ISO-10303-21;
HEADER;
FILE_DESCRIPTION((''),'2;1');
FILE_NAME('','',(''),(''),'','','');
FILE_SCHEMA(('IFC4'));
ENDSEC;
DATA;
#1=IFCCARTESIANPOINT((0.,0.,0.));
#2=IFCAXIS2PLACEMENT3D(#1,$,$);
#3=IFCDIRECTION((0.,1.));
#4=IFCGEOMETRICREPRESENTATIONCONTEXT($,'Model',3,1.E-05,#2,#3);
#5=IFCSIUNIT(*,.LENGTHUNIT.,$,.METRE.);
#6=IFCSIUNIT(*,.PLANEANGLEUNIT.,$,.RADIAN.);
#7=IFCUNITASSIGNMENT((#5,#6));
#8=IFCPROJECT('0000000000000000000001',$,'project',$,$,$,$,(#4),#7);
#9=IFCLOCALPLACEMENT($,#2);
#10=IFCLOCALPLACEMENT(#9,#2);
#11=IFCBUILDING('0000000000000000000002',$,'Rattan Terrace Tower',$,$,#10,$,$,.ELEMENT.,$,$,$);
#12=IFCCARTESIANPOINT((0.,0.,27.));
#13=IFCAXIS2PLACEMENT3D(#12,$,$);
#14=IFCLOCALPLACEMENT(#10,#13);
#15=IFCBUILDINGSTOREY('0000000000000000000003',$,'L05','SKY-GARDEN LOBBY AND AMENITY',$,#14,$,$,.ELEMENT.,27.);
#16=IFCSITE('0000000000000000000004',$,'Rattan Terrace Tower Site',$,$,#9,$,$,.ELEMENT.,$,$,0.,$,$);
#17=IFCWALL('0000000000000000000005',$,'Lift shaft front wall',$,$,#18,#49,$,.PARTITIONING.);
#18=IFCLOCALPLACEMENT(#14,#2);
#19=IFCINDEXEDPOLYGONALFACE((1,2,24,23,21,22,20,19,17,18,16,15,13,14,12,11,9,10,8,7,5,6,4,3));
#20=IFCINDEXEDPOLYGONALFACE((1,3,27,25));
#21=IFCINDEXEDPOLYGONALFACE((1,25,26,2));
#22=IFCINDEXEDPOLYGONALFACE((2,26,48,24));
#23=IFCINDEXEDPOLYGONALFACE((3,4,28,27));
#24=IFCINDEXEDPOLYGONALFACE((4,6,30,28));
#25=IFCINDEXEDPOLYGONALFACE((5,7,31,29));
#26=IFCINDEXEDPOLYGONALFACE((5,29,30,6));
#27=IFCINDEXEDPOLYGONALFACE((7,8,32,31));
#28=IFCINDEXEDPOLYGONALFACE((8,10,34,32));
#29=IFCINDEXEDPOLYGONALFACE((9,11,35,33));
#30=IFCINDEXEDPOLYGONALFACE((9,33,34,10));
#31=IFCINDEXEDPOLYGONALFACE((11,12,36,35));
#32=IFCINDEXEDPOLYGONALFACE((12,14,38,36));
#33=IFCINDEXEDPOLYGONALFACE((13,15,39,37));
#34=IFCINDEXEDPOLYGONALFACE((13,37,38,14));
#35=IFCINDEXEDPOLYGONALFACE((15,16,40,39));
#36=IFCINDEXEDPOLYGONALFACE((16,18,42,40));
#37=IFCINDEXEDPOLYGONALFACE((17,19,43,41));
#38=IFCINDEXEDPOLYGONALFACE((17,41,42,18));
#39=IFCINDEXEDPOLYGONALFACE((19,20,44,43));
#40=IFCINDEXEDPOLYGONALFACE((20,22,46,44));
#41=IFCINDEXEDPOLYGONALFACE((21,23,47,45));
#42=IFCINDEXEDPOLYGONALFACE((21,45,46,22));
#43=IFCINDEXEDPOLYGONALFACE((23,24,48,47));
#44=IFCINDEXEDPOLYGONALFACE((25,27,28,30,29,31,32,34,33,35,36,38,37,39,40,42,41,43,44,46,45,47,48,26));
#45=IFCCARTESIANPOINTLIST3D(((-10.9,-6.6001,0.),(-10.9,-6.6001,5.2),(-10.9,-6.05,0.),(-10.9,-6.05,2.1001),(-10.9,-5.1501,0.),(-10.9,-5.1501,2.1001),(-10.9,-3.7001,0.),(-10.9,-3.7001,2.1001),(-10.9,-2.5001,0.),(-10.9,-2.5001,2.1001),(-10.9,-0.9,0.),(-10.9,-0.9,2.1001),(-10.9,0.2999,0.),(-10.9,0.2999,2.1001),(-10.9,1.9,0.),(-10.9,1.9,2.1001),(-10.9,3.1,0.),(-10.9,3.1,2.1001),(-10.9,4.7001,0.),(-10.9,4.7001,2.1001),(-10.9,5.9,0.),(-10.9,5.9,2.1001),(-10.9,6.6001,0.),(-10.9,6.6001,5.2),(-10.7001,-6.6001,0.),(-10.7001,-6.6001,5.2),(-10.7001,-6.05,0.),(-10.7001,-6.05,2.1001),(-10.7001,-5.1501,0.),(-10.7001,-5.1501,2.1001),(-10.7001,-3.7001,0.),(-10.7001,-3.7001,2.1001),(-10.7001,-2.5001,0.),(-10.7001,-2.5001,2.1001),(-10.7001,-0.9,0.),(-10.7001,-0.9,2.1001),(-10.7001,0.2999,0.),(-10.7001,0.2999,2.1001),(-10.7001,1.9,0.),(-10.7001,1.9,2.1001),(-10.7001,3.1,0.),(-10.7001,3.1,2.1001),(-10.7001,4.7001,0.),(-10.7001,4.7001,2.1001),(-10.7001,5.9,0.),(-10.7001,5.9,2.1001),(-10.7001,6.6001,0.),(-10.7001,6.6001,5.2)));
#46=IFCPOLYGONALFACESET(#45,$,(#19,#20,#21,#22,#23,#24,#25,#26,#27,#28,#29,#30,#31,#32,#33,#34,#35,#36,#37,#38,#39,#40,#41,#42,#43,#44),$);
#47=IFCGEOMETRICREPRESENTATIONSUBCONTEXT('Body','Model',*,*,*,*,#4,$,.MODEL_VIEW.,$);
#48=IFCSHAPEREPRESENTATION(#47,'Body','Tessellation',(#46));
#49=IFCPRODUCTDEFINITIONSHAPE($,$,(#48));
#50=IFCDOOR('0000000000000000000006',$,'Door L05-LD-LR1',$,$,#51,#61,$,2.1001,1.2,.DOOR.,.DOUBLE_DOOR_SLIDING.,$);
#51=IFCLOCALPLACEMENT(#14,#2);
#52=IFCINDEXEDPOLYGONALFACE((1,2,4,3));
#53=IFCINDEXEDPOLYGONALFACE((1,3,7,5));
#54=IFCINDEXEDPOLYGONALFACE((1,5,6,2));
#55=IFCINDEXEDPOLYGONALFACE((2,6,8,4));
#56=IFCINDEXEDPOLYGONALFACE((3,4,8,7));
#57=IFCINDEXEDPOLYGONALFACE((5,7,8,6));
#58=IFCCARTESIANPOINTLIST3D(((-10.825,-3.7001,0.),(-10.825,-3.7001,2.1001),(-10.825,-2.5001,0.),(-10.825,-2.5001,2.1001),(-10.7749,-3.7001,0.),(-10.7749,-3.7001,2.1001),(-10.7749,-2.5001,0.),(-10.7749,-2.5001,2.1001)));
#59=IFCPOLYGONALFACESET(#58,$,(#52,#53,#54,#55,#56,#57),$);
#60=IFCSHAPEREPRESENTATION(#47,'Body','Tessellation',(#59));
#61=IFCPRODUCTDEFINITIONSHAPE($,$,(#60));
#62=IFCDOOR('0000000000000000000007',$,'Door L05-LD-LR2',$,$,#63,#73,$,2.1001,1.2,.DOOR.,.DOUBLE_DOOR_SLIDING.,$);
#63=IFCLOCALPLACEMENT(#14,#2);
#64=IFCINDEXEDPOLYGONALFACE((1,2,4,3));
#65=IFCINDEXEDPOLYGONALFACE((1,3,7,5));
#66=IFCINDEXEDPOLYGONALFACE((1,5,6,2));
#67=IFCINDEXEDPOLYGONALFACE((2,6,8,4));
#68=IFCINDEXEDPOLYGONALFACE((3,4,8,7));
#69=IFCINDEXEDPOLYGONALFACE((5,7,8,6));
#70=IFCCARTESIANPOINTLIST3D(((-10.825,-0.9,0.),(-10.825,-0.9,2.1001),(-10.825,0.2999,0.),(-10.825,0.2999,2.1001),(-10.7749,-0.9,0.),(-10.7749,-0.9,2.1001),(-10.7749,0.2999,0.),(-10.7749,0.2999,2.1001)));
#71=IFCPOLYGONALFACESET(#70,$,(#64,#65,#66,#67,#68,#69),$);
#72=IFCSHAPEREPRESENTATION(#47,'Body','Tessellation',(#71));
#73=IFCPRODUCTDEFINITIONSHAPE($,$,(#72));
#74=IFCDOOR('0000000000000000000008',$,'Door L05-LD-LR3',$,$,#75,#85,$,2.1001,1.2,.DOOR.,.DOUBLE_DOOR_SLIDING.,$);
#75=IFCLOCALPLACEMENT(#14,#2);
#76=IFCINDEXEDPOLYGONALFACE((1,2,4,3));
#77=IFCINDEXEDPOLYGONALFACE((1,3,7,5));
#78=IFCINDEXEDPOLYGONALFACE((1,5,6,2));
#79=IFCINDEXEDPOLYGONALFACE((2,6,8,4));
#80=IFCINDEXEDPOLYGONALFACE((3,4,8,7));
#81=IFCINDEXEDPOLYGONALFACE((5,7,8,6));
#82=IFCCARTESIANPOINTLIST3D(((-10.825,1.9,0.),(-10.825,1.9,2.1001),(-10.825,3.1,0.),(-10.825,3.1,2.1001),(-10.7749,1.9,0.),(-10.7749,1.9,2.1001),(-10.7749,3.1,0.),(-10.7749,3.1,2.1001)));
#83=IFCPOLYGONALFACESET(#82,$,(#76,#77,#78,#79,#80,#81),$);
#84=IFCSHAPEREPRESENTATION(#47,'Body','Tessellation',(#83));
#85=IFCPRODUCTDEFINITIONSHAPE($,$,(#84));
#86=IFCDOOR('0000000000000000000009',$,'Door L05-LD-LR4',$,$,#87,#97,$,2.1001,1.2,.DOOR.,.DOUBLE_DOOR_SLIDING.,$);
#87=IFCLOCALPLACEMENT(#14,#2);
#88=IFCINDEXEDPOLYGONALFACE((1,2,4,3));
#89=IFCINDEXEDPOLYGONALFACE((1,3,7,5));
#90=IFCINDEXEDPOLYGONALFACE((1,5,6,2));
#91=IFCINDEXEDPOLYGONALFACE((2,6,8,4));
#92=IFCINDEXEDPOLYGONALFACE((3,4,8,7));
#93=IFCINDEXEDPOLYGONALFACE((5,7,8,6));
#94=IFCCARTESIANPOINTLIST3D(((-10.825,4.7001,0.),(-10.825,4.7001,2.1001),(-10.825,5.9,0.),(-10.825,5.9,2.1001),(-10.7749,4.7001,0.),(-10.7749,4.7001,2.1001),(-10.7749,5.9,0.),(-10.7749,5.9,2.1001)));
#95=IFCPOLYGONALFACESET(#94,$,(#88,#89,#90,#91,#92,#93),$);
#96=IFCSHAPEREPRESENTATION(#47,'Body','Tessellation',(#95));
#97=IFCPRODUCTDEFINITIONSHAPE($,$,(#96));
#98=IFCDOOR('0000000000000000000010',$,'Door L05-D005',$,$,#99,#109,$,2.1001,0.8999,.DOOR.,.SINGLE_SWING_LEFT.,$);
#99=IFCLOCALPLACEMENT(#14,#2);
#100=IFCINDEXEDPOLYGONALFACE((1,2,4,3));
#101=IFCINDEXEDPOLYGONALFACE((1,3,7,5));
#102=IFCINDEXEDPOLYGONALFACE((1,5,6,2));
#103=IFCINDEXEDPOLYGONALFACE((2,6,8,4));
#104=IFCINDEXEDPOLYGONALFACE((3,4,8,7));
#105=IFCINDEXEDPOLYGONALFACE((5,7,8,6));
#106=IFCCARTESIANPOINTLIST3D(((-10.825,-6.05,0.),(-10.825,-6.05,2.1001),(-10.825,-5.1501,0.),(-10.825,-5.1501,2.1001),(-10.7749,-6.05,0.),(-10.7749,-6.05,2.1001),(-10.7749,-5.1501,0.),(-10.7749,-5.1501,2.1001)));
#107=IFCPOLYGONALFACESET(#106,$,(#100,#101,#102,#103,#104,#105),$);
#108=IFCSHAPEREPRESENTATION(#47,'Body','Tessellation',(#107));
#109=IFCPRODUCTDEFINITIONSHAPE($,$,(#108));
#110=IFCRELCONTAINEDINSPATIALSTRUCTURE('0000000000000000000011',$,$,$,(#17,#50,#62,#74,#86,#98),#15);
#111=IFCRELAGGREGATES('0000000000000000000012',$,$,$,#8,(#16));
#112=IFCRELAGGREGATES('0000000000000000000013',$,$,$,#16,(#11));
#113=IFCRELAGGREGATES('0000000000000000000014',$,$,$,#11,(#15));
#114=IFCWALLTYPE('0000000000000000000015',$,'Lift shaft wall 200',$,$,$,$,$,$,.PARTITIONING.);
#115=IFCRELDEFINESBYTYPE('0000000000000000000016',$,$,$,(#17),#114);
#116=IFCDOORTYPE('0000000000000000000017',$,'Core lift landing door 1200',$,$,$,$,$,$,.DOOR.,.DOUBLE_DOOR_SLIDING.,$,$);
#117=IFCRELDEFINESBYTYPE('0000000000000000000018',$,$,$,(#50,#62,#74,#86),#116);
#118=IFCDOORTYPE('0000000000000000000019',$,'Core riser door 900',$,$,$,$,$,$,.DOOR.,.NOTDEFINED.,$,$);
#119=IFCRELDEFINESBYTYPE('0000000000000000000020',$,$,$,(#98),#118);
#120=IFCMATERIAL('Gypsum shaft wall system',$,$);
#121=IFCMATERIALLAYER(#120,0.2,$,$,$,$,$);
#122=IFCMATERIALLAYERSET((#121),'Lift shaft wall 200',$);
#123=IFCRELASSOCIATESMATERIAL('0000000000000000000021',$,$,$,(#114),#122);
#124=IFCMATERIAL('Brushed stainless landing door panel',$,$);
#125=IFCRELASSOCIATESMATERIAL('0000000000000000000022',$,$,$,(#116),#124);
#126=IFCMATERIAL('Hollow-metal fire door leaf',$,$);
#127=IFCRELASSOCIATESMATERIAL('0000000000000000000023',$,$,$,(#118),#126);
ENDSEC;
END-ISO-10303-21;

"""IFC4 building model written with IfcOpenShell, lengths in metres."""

from ifc_helpers import new_model, si_unit, direction, frame, frame_2d, origin, place, context, subcontext, project, spatial, rectangle, extrude, material, layer, layer_set, type_object, element, fill, save


model = new_model("IFC4")

# Units and contexts
model_context = context("Model", 3, precision=1e-05, world=origin(), true_north=direction((0.0, 1.0)))
body_context = subcontext(model_context, "Body", "Model", "MODEL_VIEW")
ifc_project = project(units=[si_unit("LENGTHUNIT", "METRE"), si_unit("PLANEANGLEUNIT", "RADIAN")], contexts=[model_context])

# Site, building, storey
site_placement = place(None, origin())
site = spatial("IfcSite", under=ifc_project, at=site_placement, Name="Rattan Terrace Tower Site", CompositionType="ELEMENT", RefElevation=0.0)
building_placement = place(site_placement, origin())
building = spatial("IfcBuilding", under=site, at=building_placement, Name="Rattan Terrace Tower", CompositionType="ELEMENT")
storey_placement = place(building_placement, frame((0.0, 0.0, 27.0)))
storey = spatial("IfcBuildingStorey", under=building, at=storey_placement, Name="L05", Description="SKY-GARDEN LOBBY AND AMENITY", CompositionType="ELEMENT", Elevation=27.0)

# Wall, openings, doors
ifc_material_1 = material(Name="Gypsum shaft wall system")
ifc_layer_1 = layer(ifc_material_1, 0.2)
ifc_layer_set_1 = layer_set([ifc_layer_1], Name="Lift shaft wall 200")
wall_type_1 = type_object("IfcWallType", Name="Lift shaft wall 200", PredefinedType="PARTITIONING", material=ifc_layer_set_1)
wall_1_placement = place(storey_placement, frame((-10.8, -6.6001, 0.0), z_axis=(0.0, 0.0, 1.0), x_axis=(0.0, 1.0, 0.0)))
wall_1 = element("IfcWall", 1, at=wall_1_placement, inside=storey, type_object=wall_type_1, Name="Lift shaft front wall", PredefinedType="PARTITIONING", context=body_context, shape_type="SweptSolid", body=[
    extrude(rectangle(XDim=13.2002, YDim=0.2, at=frame_2d((6.6001, 0.0))), origin(), (0.0, 0.0, 1.0), 5.2),
])
opening_1_placement = place(wall_1_placement, frame((0.55, 0.0, 0.0)))
opening_1 = element("IfcOpeningElement", 2, at=opening_1_placement, cuts=wall_1, PredefinedType="OPENING", context=body_context, shape_type="SweptSolid", body=[
    extrude(rectangle(XDim=0.8999, YDim=2.1001, at=frame_2d((0.45, 1.05))), frame((0.0, 0.1106, 0.0), z_axis=(0.0, -1.0, 0.0), x_axis=(1.0, 0.0, 0.0)), (0.0, 0.0, 1.0), 0.2209),
])
opening_2_placement = place(wall_1_placement, frame((2.8999, 0.0, 0.0)))
opening_2 = element("IfcOpeningElement", 3, at=opening_2_placement, cuts=wall_1, PredefinedType="OPENING", context=body_context, shape_type="SweptSolid", body=[
    extrude(rectangle(XDim=1.2, YDim=2.1001, at=frame_2d((0.6001, 1.05))), frame((0.0, 0.1106, 0.0), z_axis=(0.0, -1.0, 0.0), x_axis=(1.0, 0.0, 0.0)), (0.0, 0.0, 1.0), 0.2209),
])
opening_3_placement = place(wall_1_placement, frame((5.7, 0.0, 0.0)))
opening_3 = element("IfcOpeningElement", 4, at=opening_3_placement, cuts=wall_1, PredefinedType="OPENING", context=body_context, shape_type="SweptSolid", body=[
    extrude(rectangle(XDim=1.2, YDim=2.1001, at=frame_2d((0.6001, 1.05))), frame((0.0, 0.1106, 0.0), z_axis=(0.0, -1.0, 0.0), x_axis=(1.0, 0.0, 0.0)), (0.0, 0.0, 1.0), 0.2209),
])
opening_4_placement = place(wall_1_placement, frame((8.5, 0.0, 0.0)))
opening_4 = element("IfcOpeningElement", 5, at=opening_4_placement, cuts=wall_1, PredefinedType="OPENING", context=body_context, shape_type="SweptSolid", body=[
    extrude(rectangle(XDim=1.2, YDim=2.1001, at=frame_2d((0.6001, 1.05))), frame((0.0, 0.1106, 0.0), z_axis=(0.0, -1.0, 0.0), x_axis=(1.0, 0.0, 0.0)), (0.0, 0.0, 1.0), 0.2209),
])
opening_5_placement = place(wall_1_placement, frame((11.3, 0.0, 0.0)))
opening_5 = element("IfcOpeningElement", 6, at=opening_5_placement, cuts=wall_1, PredefinedType="OPENING", context=body_context, shape_type="SweptSolid", body=[
    extrude(rectangle(XDim=1.2, YDim=2.1001, at=frame_2d((0.6001, 1.05))), frame((0.0, 0.1106, 0.0), z_axis=(0.0, -1.0, 0.0), x_axis=(1.0, 0.0, 0.0)), (0.0, 0.0, 1.0), 0.2209),
])
ifc_material_2 = material(Name="Brushed stainless landing door panel")
door_type_1 = type_object("IfcDoorType", Name="Core lift landing door 1200", OperationType="DOUBLE_DOOR_SLIDING", PredefinedType="DOOR", material=ifc_material_2)
door_1_placement = place(opening_2_placement, origin())
door_1 = element("IfcDoor", 7, at=door_1_placement, inside=storey, type_object=door_type_1, Name="Door L05-LD-LR1", OperationType="DOUBLE_DOOR_SLIDING", OverallHeight=2.1001, OverallWidth=1.2, PredefinedType="DOOR", context=body_context, shape_type="SweptSolid", body=[
    extrude(rectangle(XDim=1.2, YDim=2.1001, at=frame_2d((0.6001, 1.05))), frame((0.0, 0.0249, 0.0), z_axis=(0.0, -1.0, 0.0), x_axis=(1.0, 0.0, 0.0)), (0.0, 0.0, 1.0), 0.05),
])
fill(opening_2, door_1)
door_2_placement = place(opening_3_placement, origin())
door_2 = element("IfcDoor", 8, at=door_2_placement, inside=storey, type_object=door_type_1, Name="Door L05-LD-LR2", OperationType="DOUBLE_DOOR_SLIDING", OverallHeight=2.1001, OverallWidth=1.2, PredefinedType="DOOR", context=body_context, shape_type="SweptSolid", body=[
    extrude(rectangle(XDim=1.2, YDim=2.1001, at=frame_2d((0.6001, 1.05))), frame((0.0, 0.0249, 0.0), z_axis=(0.0, -1.0, 0.0), x_axis=(1.0, 0.0, 0.0)), (0.0, 0.0, 1.0), 0.05),
])
fill(opening_3, door_2)
door_3_placement = place(opening_4_placement, origin())
door_3 = element("IfcDoor", 9, at=door_3_placement, inside=storey, type_object=door_type_1, Name="Door L05-LD-LR3", OperationType="DOUBLE_DOOR_SLIDING", OverallHeight=2.1001, OverallWidth=1.2, PredefinedType="DOOR", context=body_context, shape_type="SweptSolid", body=[
    extrude(rectangle(XDim=1.2, YDim=2.1001, at=frame_2d((0.6001, 1.05))), frame((0.0, 0.0249, 0.0), z_axis=(0.0, -1.0, 0.0), x_axis=(1.0, 0.0, 0.0)), (0.0, 0.0, 1.0), 0.05),
])
fill(opening_4, door_3)
door_4_placement = place(opening_5_placement, origin())
door_4 = element("IfcDoor", 10, at=door_4_placement, inside=storey, type_object=door_type_1, Name="Door L05-LD-LR4", OperationType="DOUBLE_DOOR_SLIDING", OverallHeight=2.1001, OverallWidth=1.2, PredefinedType="DOOR", context=body_context, shape_type="SweptSolid", body=[
    extrude(rectangle(XDim=1.2, YDim=2.1001, at=frame_2d((0.6001, 1.05))), frame((0.0, 0.0249, 0.0), z_axis=(0.0, -1.0, 0.0), x_axis=(1.0, 0.0, 0.0)), (0.0, 0.0, 1.0), 0.05),
])
fill(opening_5, door_4)
ifc_material_3 = material(Name="Hollow-metal fire door leaf")
door_type_2 = type_object("IfcDoorType", Name="Core riser door 900", OperationType="NOTDEFINED", PredefinedType="DOOR", material=ifc_material_3)
door_5_placement = place(opening_1_placement, origin())
door_5 = element("IfcDoor", 11, at=door_5_placement, inside=storey, type_object=door_type_2, Name="Door L05-D005", OperationType="SINGLE_SWING_LEFT", OverallHeight=2.1001, OverallWidth=0.8999, PredefinedType="DOOR", context=body_context, shape_type="SweptSolid", body=[
    extrude(rectangle(XDim=0.8999, YDim=2.1001, at=frame_2d((0.45, 1.05))), frame((0.0, 0.0249, 0.0), z_axis=(0.0, -1.0, 0.0), x_axis=(1.0, 0.0, 0.0)), (0.0, 0.0, 1.0), 0.05),
])
fill(opening_1, door_5)

save(model, "model.ifc")
